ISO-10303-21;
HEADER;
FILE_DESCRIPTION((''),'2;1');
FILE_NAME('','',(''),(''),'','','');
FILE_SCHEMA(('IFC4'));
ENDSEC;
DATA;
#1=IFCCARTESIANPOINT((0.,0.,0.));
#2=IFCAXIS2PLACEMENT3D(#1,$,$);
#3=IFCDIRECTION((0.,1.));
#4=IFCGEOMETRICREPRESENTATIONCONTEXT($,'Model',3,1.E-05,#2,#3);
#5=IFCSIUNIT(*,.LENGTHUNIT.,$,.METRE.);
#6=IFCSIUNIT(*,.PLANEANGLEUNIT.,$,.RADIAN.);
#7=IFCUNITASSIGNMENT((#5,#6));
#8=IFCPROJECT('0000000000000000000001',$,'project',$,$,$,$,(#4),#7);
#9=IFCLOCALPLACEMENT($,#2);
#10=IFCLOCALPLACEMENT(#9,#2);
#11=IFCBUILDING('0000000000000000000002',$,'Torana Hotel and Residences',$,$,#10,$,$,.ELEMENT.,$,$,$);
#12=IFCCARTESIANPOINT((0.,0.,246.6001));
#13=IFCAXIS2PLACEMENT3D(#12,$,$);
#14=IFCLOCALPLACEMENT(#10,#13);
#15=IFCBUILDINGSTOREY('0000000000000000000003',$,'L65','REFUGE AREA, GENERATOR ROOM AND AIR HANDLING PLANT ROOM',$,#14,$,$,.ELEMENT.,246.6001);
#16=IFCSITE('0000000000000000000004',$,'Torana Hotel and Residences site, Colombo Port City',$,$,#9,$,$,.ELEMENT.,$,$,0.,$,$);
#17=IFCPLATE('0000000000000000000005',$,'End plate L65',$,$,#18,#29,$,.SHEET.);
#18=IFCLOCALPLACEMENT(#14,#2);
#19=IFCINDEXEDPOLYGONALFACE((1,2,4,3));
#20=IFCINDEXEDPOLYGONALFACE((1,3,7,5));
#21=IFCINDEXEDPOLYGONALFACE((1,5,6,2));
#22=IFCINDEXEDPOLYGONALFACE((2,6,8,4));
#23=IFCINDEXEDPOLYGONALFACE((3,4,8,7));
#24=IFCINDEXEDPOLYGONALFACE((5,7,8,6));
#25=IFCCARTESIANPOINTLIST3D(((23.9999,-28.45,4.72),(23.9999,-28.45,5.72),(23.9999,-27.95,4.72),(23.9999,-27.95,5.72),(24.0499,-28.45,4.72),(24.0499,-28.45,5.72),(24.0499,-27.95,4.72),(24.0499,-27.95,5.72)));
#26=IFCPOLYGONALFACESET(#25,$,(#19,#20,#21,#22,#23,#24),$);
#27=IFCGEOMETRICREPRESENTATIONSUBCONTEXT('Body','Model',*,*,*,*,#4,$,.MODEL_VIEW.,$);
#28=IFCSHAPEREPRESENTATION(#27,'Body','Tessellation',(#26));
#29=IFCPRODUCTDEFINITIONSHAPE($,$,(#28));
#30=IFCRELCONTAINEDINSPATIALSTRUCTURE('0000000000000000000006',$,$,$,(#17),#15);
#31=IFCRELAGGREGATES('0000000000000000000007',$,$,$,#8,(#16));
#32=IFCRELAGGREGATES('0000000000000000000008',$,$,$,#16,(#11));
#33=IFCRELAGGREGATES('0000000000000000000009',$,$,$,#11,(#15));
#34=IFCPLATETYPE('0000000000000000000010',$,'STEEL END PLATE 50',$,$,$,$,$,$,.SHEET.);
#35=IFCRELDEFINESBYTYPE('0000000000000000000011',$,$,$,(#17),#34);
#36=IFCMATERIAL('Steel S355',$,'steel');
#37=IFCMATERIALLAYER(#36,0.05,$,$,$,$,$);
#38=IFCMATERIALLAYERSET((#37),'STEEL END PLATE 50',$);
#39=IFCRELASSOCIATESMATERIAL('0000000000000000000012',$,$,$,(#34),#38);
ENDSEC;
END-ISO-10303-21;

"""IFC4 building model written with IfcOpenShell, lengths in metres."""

from ifc_helpers import new_model, si_unit, direction, frame, origin, origin_2d, place, context, subcontext, project, spatial, rectangle, extrude, material, layer, layer_set, type_object, element, save


model = new_model("IFC4")

# Units and contexts
model_context = context("Model", 3, precision=1e-05, world=origin(), true_north=direction((0.0, 1.0)))
body_context = subcontext(model_context, "Body", "Model", "MODEL_VIEW")
ifc_project = project(units=[si_unit("LENGTHUNIT", "METRE"), si_unit("PLANEANGLEUNIT", "RADIAN")], contexts=[model_context])

# Site, building, storey
site_placement = place(None, origin())
site = spatial("IfcSite", under=ifc_project, at=site_placement, Name="Torana Hotel and Residences site, Colombo Port City", CompositionType="ELEMENT", RefElevation=0.0)
building_placement = place(site_placement, origin())
building = spatial("IfcBuilding", under=site, at=building_placement, Name="Torana Hotel and Residences", CompositionType="ELEMENT")
storey_placement = place(building_placement, frame((0.0, 0.0, 246.6001)))
storey = spatial("IfcBuildingStorey", under=building, at=storey_placement, Name="L65", Description="REFUGE AREA, GENERATOR ROOM AND AIR HANDLING PLANT ROOM", CompositionType="ELEMENT", Elevation=246.6001)

# Plate
ifc_material_1 = material(Name="Steel S355", Category="steel")
ifc_layer = layer(ifc_material_1, 0.05)
ifc_layer_set = layer_set([ifc_layer], Name="STEEL END PLATE 50")
plate_type = type_object("IfcPlateType", Name="STEEL END PLATE 50", PredefinedType="SHEET", material=ifc_layer_set)
for number, where, z_axis, x_axis, name in (
    (1, (24.0249, -28.2, 4.72), (0.0, 0.0, 1.0), (1.0, 0.0, 0.0), "End plate L65"),
):
    element("IfcPlate", number, at=place(storey_placement, frame(where, z_axis=z_axis, x_axis=x_axis)), inside=storey, type_object=plate_type, Name=name, PredefinedType="SHEET", context=body_context, shape_type="SweptSolid", body=[
        extrude(rectangle(XDim=0.05, YDim=0.5, at=origin_2d()), origin(), (0.0, 0.0, 1.0), 1.0),
    ])

save(model, "model.ifc")
